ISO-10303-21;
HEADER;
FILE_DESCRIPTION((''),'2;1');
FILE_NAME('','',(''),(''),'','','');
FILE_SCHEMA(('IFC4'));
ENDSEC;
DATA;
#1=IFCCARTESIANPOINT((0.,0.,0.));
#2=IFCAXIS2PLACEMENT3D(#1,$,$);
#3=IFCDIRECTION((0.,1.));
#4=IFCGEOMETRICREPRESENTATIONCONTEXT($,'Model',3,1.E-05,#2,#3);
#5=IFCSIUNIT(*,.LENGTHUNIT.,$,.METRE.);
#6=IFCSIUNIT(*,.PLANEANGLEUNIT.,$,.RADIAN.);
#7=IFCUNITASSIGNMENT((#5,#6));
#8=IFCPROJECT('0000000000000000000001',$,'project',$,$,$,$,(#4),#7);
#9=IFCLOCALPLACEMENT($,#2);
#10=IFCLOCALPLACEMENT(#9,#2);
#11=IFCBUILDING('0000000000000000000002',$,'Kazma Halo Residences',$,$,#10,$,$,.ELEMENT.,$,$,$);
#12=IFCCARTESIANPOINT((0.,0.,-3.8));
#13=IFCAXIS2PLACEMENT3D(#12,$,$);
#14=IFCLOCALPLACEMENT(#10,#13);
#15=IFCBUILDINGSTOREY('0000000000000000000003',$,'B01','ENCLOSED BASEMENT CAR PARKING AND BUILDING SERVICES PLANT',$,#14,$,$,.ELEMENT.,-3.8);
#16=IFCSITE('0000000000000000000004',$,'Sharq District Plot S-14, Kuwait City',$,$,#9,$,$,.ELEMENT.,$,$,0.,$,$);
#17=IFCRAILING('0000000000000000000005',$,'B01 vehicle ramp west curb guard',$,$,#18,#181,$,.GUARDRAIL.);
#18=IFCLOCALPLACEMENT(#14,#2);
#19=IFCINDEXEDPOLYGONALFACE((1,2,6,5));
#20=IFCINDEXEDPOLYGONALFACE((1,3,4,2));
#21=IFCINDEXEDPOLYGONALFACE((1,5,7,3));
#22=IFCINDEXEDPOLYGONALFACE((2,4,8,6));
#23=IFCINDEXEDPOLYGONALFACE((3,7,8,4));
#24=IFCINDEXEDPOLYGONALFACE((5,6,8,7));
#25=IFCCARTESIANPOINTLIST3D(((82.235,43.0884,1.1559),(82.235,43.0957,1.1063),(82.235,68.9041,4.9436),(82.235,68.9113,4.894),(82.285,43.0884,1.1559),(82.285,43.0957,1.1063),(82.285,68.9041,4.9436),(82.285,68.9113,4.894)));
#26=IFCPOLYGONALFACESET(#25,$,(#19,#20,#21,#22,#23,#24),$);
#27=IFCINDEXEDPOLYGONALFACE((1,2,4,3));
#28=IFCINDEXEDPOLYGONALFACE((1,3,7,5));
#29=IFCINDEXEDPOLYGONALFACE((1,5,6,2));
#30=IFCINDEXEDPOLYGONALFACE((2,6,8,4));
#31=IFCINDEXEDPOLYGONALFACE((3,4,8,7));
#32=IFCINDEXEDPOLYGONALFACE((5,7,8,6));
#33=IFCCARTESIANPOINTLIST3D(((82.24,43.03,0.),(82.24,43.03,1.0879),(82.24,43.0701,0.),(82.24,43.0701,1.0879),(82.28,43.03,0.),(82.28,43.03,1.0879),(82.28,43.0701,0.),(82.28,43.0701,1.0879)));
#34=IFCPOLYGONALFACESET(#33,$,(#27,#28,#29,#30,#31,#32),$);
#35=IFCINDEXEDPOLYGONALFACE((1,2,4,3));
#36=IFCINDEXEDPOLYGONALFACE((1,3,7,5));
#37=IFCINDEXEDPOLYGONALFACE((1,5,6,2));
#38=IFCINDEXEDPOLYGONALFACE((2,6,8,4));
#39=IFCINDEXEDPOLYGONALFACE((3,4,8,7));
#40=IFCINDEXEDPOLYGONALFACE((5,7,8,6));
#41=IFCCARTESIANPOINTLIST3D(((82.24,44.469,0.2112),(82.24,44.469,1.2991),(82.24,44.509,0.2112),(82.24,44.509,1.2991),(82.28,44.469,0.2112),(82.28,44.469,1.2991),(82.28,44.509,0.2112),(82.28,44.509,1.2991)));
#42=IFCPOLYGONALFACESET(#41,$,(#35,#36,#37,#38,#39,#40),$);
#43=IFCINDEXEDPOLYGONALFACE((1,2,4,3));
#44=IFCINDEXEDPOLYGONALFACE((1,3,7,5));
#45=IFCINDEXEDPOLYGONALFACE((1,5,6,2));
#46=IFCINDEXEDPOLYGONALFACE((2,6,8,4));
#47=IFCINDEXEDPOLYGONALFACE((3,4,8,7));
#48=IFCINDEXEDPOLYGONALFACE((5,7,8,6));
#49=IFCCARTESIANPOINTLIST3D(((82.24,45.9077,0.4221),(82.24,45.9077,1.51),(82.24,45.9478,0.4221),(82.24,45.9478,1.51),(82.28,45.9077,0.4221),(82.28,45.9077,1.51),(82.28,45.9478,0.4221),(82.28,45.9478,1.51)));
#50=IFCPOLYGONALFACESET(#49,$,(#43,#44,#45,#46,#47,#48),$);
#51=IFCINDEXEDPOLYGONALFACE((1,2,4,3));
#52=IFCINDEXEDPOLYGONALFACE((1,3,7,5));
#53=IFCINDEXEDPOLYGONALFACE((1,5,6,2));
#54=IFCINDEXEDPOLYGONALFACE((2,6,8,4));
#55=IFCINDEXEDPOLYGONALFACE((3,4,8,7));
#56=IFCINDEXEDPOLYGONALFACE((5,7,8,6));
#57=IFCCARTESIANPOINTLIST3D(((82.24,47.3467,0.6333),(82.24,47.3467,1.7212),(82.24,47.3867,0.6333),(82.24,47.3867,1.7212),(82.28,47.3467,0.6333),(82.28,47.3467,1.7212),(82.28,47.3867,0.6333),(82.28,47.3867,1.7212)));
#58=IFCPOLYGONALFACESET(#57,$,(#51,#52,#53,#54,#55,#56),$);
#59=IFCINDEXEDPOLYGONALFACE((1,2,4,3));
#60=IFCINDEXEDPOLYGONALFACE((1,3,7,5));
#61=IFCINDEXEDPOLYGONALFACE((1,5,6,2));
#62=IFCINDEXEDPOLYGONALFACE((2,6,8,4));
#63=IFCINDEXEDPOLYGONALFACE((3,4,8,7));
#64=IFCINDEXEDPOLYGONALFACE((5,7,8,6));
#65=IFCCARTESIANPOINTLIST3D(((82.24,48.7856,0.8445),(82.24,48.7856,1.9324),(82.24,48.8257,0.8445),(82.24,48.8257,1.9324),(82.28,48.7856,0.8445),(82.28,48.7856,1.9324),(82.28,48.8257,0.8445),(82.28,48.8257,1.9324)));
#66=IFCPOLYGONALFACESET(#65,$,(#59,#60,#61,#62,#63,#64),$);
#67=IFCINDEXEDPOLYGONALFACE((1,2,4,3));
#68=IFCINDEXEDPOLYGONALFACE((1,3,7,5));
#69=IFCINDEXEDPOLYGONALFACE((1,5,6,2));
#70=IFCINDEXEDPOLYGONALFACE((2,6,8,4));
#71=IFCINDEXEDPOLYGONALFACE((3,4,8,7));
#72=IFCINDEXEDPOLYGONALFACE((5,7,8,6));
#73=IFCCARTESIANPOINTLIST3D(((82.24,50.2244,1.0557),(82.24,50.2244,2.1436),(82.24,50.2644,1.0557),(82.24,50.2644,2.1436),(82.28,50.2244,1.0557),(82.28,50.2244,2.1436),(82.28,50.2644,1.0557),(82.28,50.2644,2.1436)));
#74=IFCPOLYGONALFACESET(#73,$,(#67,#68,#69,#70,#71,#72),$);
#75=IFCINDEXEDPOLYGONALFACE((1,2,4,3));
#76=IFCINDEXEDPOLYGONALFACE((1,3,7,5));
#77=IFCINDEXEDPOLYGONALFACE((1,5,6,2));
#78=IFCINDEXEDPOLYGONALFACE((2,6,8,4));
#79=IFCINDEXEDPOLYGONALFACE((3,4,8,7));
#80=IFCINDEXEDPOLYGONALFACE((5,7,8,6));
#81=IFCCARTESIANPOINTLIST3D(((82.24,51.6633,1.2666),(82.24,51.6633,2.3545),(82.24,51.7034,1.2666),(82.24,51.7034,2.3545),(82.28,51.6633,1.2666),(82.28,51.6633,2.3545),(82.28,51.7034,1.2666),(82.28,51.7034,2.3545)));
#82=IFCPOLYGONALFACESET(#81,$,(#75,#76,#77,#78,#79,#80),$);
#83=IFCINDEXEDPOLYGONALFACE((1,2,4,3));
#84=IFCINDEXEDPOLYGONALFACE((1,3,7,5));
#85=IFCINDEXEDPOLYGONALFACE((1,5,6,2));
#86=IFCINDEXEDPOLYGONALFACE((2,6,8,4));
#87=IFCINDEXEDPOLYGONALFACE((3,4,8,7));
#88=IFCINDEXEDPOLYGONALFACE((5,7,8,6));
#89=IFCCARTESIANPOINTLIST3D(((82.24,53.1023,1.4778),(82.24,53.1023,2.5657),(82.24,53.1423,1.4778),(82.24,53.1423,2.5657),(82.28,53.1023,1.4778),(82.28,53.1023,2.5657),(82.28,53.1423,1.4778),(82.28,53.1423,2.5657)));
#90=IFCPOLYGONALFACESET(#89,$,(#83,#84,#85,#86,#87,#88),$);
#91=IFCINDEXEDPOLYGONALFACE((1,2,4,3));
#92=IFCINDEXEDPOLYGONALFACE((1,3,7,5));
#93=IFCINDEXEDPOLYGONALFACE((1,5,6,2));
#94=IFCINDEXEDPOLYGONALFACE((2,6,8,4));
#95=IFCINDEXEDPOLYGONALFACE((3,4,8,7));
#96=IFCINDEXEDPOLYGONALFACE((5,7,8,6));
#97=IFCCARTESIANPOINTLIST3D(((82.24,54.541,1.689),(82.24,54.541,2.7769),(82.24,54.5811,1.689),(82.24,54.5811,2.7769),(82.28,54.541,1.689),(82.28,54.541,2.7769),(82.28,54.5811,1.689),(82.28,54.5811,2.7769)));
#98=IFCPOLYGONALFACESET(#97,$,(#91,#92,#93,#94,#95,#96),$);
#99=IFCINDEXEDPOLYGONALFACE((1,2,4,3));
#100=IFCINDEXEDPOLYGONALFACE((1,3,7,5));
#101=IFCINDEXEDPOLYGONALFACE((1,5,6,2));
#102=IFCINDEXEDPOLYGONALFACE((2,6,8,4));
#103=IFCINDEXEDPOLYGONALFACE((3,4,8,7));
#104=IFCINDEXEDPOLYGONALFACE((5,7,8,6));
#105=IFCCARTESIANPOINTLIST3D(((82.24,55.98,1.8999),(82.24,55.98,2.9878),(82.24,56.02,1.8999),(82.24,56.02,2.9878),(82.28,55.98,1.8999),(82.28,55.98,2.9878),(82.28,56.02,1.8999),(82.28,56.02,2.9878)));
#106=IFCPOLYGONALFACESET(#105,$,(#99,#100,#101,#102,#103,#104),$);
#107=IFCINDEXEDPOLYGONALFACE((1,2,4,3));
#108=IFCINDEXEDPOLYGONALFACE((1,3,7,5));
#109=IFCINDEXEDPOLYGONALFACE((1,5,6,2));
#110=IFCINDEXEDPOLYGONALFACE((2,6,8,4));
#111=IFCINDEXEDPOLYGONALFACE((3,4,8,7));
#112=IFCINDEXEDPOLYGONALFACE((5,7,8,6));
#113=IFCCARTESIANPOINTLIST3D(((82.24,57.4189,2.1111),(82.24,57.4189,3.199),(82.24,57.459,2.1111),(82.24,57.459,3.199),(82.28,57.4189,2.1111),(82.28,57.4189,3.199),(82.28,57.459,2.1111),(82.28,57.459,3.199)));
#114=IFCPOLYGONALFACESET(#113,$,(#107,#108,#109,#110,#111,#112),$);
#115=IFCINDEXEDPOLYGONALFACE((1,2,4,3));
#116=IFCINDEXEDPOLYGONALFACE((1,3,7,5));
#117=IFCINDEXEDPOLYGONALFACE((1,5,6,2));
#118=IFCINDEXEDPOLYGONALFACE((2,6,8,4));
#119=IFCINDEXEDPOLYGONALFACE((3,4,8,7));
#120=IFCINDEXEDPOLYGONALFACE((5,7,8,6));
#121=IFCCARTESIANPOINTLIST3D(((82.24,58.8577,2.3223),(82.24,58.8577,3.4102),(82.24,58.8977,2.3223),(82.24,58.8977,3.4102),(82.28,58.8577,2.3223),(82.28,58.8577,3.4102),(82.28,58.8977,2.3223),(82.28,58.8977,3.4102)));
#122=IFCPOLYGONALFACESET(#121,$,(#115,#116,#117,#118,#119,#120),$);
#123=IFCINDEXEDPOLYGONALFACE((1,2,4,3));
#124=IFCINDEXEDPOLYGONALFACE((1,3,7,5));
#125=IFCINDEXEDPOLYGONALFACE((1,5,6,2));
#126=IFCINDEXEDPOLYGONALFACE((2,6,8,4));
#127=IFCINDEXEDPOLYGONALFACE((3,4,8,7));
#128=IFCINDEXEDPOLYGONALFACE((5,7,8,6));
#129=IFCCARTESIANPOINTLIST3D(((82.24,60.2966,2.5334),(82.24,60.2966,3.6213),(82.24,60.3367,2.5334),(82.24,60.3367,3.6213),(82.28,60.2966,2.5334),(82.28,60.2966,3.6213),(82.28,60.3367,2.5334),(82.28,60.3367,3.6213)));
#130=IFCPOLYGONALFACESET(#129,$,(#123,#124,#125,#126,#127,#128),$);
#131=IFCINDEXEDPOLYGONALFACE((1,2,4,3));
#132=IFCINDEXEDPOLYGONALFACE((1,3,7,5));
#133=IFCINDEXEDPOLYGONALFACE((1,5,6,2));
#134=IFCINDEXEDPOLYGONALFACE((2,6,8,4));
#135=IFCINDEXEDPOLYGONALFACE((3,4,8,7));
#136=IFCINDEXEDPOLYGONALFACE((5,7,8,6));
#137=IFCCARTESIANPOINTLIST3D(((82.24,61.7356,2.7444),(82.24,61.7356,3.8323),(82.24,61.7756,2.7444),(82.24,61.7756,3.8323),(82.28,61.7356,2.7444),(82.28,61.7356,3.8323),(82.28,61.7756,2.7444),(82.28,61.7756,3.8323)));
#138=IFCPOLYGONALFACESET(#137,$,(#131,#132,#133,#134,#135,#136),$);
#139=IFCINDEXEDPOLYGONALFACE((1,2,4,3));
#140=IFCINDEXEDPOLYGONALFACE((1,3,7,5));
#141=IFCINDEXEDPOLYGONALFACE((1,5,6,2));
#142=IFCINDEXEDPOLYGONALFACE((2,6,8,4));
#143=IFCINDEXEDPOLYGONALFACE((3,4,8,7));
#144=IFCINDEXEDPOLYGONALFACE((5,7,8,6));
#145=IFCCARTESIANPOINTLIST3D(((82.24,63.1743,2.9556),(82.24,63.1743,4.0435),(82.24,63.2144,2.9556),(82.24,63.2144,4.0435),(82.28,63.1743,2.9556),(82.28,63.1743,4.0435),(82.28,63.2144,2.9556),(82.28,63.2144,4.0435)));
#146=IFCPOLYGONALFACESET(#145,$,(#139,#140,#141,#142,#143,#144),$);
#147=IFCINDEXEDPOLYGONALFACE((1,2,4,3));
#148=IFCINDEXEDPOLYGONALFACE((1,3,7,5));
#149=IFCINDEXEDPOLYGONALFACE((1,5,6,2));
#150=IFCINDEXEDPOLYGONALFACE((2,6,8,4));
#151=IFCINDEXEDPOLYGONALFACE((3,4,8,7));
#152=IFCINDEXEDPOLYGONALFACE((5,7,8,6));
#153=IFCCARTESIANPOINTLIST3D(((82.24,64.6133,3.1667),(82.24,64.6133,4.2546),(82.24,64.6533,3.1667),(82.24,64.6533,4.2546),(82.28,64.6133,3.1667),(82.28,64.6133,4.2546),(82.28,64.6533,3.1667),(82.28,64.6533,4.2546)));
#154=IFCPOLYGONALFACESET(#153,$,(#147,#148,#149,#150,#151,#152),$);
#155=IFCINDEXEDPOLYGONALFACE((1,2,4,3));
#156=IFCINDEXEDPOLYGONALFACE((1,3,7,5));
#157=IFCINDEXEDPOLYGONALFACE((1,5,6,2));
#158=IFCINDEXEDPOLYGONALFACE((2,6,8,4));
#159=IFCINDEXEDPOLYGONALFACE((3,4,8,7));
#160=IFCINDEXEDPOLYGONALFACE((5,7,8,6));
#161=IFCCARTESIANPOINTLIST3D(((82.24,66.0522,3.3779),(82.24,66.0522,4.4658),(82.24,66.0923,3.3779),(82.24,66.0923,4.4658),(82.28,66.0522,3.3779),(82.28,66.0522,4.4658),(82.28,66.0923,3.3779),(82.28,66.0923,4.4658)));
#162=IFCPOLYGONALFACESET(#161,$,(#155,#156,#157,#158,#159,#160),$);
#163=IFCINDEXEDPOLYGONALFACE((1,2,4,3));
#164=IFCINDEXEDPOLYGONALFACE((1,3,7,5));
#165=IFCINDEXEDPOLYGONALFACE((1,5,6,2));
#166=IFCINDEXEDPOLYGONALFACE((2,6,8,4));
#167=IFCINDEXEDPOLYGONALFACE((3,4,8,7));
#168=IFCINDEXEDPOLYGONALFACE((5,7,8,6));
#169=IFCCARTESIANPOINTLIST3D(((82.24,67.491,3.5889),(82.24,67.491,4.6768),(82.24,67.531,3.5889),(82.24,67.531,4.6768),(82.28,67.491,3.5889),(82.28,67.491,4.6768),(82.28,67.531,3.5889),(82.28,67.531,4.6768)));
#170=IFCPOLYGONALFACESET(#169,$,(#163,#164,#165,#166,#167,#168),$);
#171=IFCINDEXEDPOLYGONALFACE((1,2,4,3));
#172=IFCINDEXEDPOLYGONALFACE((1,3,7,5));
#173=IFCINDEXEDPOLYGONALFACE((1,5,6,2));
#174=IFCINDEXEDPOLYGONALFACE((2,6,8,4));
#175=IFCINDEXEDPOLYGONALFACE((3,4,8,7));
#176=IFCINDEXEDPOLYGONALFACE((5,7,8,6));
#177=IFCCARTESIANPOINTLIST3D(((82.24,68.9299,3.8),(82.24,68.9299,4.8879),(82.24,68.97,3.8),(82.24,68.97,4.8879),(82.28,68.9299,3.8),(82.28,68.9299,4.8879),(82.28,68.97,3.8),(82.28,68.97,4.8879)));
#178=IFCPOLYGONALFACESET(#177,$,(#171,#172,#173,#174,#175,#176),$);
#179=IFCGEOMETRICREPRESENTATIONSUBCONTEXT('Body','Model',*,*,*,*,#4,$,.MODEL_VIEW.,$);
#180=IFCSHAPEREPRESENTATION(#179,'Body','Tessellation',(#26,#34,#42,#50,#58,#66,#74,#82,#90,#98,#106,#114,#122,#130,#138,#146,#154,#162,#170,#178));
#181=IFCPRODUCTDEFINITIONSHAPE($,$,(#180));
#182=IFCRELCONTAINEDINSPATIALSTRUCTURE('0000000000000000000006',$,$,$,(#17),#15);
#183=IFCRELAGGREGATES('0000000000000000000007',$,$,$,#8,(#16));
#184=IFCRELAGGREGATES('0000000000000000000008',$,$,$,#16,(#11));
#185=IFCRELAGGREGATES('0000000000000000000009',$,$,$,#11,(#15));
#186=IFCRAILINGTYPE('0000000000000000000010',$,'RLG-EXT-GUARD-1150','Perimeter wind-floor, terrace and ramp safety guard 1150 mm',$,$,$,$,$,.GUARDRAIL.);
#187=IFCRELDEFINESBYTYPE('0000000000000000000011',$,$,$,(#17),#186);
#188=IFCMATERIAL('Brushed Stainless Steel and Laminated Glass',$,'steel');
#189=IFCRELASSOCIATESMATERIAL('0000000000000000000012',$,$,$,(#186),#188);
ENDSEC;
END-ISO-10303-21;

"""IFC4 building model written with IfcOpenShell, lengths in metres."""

from ifc_helpers import new_model, si_unit, direction, frame, origin, origin_2d, place, context, subcontext, project, spatial, rectangle, extrude, material, type_object, element, save


model = new_model("IFC4")

# Units and contexts
model_context = context("Model", 3, precision=1e-05, world=origin(), true_north=direction((0.0, 1.0)))
body_context = subcontext(model_context, "Body", "Model", "MODEL_VIEW")
ifc_project = project(units=[si_unit("LENGTHUNIT", "METRE"), si_unit("PLANEANGLEUNIT", "RADIAN")], contexts=[model_context])

# Site, building, storey
site_placement = place(None, origin())
site = spatial("IfcSite", under=ifc_project, at=site_placement, Name="Sharq District Plot S-14, Kuwait City", CompositionType="ELEMENT", RefElevation=0.0)
building_placement = place(site_placement, origin())
building = spatial("IfcBuilding", under=site, at=building_placement, Name="Kazma Halo Residences", CompositionType="ELEMENT")
storey_placement = place(building_placement, frame((0.0, 0.0, -3.8)))
storey = spatial("IfcBuildingStorey", under=building, at=storey_placement, Name="B01", Description="ENCLOSED BASEMENT CAR PARKING AND BUILDING SERVICES PLANT", CompositionType="ELEMENT", Elevation=-3.8)

# Railing
ifc_material_1 = material(Name="Brushed Stainless Steel and Laminated Glass", Category="steel")
railing_type = type_object("IfcRailingType", Name="RLG-EXT-GUARD-1150", Description="Perimeter wind-floor, terrace and ramp safety guard 1150 mm", PredefinedType="GUARDRAIL", material=ifc_material_1)
railing_1_placement = place(storey_placement, frame((82.26, 43.05, 0.0)))
element("IfcRailing", 1, at=railing_1_placement, inside=storey, type_object=railing_type, Name="B01 vehicle ramp west curb guard", PredefinedType="GUARDRAIL", context=body_context, shape_type="SweptSolid", body=[
    extrude(rectangle(XDim=0.05, YDim=0.05, at=origin_2d()), frame((0.0, 0.042, 1.1311), z_axis=(0.0, 0.989407, 0.145166), x_axis=(-1.0, 0.0, 0.0)), (0.0, 0.0, 1.0), 26.092),
    extrude(rectangle(XDim=0.04, YDim=0.04, at=origin_2d()), origin(), (0.0, 0.0, 1.0), 1.0879),
    extrude(rectangle(XDim=0.04, YDim=0.04, at=origin_2d()), frame((0.0, 1.439, 0.2112)), (0.0, 0.0, 1.0), 1.0879),
    extrude(rectangle(XDim=0.04, YDim=0.04, at=origin_2d()), frame((0.0, 2.8777, 0.4221)), (0.0, 0.0, 1.0), 1.0879),
    extrude(rectangle(XDim=0.04, YDim=0.04, at=origin_2d()), frame((0.0, 4.3167, 0.6333)), (0.0, 0.0, 1.0), 1.0879),
    extrude(rectangle(XDim=0.04, YDim=0.04, at=origin_2d()), frame((0.0, 5.7556, 0.8445)), (0.0, 0.0, 1.0), 1.0879),
    extrude(rectangle(XDim=0.04, YDim=0.04, at=origin_2d()), frame((0.0, 7.1943, 1.0557)), (0.0, 0.0, 1.0), 1.0879),
    extrude(rectangle(XDim=0.04, YDim=0.04, at=origin_2d()), frame((0.0, 8.6333, 1.2666)), (0.0, 0.0, 1.0), 1.0879),
    extrude(rectangle(XDim=0.04, YDim=0.04, at=origin_2d()), frame((0.0, 10.0723, 1.4778)), (0.0, 0.0, 1.0), 1.0879),
    extrude(rectangle(XDim=0.04, YDim=0.04, at=origin_2d()), frame((0.0, 11.511, 1.689)), (0.0, 0.0, 1.0), 1.0879),
    extrude(rectangle(XDim=0.04, YDim=0.04, at=origin_2d()), frame((0.0, 12.95, 1.8999)), (0.0, 0.0, 1.0), 1.0879),
    extrude(rectangle(XDim=0.04, YDim=0.04, at=origin_2d()), frame((0.0, 14.3889, 2.1111)), (0.0, 0.0, 1.0), 1.0879),
    extrude(rectangle(XDim=0.04, YDim=0.04, at=origin_2d()), frame((0.0, 15.8276, 2.3223)), (0.0, 0.0, 1.0), 1.0879),
    extrude(rectangle(XDim=0.04, YDim=0.04, at=origin_2d()), frame((0.0, 17.2666, 2.5334)), (0.0, 0.0, 1.0), 1.0879),
    extrude(rectangle(XDim=0.04, YDim=0.04, at=origin_2d()), frame((0.0, 18.7056, 2.7444)), (0.0, 0.0, 1.0), 1.0879),
    extrude(rectangle(XDim=0.04, YDim=0.04, at=origin_2d()), frame((0.0, 20.1443, 2.9556)), (0.0, 0.0, 1.0), 1.0879),
    extrude(rectangle(XDim=0.04, YDim=0.04, at=origin_2d()), frame((0.0, 21.5833, 3.1667)), (0.0, 0.0, 1.0), 1.0879),
    extrude(rectangle(XDim=0.04, YDim=0.04, at=origin_2d()), frame((0.0, 23.0222, 3.3779)), (0.0, 0.0, 1.0), 1.0879),
    extrude(rectangle(XDim=0.04, YDim=0.04, at=origin_2d()), frame((0.0, 24.4609, 3.5889)), (0.0, 0.0, 1.0), 1.0879),
    extrude(rectangle(XDim=0.04, YDim=0.04, at=origin_2d()), frame((0.0, 25.8999, 3.8)), (0.0, 0.0, 1.0), 1.0879),
])

save(model, "model.ifc")
